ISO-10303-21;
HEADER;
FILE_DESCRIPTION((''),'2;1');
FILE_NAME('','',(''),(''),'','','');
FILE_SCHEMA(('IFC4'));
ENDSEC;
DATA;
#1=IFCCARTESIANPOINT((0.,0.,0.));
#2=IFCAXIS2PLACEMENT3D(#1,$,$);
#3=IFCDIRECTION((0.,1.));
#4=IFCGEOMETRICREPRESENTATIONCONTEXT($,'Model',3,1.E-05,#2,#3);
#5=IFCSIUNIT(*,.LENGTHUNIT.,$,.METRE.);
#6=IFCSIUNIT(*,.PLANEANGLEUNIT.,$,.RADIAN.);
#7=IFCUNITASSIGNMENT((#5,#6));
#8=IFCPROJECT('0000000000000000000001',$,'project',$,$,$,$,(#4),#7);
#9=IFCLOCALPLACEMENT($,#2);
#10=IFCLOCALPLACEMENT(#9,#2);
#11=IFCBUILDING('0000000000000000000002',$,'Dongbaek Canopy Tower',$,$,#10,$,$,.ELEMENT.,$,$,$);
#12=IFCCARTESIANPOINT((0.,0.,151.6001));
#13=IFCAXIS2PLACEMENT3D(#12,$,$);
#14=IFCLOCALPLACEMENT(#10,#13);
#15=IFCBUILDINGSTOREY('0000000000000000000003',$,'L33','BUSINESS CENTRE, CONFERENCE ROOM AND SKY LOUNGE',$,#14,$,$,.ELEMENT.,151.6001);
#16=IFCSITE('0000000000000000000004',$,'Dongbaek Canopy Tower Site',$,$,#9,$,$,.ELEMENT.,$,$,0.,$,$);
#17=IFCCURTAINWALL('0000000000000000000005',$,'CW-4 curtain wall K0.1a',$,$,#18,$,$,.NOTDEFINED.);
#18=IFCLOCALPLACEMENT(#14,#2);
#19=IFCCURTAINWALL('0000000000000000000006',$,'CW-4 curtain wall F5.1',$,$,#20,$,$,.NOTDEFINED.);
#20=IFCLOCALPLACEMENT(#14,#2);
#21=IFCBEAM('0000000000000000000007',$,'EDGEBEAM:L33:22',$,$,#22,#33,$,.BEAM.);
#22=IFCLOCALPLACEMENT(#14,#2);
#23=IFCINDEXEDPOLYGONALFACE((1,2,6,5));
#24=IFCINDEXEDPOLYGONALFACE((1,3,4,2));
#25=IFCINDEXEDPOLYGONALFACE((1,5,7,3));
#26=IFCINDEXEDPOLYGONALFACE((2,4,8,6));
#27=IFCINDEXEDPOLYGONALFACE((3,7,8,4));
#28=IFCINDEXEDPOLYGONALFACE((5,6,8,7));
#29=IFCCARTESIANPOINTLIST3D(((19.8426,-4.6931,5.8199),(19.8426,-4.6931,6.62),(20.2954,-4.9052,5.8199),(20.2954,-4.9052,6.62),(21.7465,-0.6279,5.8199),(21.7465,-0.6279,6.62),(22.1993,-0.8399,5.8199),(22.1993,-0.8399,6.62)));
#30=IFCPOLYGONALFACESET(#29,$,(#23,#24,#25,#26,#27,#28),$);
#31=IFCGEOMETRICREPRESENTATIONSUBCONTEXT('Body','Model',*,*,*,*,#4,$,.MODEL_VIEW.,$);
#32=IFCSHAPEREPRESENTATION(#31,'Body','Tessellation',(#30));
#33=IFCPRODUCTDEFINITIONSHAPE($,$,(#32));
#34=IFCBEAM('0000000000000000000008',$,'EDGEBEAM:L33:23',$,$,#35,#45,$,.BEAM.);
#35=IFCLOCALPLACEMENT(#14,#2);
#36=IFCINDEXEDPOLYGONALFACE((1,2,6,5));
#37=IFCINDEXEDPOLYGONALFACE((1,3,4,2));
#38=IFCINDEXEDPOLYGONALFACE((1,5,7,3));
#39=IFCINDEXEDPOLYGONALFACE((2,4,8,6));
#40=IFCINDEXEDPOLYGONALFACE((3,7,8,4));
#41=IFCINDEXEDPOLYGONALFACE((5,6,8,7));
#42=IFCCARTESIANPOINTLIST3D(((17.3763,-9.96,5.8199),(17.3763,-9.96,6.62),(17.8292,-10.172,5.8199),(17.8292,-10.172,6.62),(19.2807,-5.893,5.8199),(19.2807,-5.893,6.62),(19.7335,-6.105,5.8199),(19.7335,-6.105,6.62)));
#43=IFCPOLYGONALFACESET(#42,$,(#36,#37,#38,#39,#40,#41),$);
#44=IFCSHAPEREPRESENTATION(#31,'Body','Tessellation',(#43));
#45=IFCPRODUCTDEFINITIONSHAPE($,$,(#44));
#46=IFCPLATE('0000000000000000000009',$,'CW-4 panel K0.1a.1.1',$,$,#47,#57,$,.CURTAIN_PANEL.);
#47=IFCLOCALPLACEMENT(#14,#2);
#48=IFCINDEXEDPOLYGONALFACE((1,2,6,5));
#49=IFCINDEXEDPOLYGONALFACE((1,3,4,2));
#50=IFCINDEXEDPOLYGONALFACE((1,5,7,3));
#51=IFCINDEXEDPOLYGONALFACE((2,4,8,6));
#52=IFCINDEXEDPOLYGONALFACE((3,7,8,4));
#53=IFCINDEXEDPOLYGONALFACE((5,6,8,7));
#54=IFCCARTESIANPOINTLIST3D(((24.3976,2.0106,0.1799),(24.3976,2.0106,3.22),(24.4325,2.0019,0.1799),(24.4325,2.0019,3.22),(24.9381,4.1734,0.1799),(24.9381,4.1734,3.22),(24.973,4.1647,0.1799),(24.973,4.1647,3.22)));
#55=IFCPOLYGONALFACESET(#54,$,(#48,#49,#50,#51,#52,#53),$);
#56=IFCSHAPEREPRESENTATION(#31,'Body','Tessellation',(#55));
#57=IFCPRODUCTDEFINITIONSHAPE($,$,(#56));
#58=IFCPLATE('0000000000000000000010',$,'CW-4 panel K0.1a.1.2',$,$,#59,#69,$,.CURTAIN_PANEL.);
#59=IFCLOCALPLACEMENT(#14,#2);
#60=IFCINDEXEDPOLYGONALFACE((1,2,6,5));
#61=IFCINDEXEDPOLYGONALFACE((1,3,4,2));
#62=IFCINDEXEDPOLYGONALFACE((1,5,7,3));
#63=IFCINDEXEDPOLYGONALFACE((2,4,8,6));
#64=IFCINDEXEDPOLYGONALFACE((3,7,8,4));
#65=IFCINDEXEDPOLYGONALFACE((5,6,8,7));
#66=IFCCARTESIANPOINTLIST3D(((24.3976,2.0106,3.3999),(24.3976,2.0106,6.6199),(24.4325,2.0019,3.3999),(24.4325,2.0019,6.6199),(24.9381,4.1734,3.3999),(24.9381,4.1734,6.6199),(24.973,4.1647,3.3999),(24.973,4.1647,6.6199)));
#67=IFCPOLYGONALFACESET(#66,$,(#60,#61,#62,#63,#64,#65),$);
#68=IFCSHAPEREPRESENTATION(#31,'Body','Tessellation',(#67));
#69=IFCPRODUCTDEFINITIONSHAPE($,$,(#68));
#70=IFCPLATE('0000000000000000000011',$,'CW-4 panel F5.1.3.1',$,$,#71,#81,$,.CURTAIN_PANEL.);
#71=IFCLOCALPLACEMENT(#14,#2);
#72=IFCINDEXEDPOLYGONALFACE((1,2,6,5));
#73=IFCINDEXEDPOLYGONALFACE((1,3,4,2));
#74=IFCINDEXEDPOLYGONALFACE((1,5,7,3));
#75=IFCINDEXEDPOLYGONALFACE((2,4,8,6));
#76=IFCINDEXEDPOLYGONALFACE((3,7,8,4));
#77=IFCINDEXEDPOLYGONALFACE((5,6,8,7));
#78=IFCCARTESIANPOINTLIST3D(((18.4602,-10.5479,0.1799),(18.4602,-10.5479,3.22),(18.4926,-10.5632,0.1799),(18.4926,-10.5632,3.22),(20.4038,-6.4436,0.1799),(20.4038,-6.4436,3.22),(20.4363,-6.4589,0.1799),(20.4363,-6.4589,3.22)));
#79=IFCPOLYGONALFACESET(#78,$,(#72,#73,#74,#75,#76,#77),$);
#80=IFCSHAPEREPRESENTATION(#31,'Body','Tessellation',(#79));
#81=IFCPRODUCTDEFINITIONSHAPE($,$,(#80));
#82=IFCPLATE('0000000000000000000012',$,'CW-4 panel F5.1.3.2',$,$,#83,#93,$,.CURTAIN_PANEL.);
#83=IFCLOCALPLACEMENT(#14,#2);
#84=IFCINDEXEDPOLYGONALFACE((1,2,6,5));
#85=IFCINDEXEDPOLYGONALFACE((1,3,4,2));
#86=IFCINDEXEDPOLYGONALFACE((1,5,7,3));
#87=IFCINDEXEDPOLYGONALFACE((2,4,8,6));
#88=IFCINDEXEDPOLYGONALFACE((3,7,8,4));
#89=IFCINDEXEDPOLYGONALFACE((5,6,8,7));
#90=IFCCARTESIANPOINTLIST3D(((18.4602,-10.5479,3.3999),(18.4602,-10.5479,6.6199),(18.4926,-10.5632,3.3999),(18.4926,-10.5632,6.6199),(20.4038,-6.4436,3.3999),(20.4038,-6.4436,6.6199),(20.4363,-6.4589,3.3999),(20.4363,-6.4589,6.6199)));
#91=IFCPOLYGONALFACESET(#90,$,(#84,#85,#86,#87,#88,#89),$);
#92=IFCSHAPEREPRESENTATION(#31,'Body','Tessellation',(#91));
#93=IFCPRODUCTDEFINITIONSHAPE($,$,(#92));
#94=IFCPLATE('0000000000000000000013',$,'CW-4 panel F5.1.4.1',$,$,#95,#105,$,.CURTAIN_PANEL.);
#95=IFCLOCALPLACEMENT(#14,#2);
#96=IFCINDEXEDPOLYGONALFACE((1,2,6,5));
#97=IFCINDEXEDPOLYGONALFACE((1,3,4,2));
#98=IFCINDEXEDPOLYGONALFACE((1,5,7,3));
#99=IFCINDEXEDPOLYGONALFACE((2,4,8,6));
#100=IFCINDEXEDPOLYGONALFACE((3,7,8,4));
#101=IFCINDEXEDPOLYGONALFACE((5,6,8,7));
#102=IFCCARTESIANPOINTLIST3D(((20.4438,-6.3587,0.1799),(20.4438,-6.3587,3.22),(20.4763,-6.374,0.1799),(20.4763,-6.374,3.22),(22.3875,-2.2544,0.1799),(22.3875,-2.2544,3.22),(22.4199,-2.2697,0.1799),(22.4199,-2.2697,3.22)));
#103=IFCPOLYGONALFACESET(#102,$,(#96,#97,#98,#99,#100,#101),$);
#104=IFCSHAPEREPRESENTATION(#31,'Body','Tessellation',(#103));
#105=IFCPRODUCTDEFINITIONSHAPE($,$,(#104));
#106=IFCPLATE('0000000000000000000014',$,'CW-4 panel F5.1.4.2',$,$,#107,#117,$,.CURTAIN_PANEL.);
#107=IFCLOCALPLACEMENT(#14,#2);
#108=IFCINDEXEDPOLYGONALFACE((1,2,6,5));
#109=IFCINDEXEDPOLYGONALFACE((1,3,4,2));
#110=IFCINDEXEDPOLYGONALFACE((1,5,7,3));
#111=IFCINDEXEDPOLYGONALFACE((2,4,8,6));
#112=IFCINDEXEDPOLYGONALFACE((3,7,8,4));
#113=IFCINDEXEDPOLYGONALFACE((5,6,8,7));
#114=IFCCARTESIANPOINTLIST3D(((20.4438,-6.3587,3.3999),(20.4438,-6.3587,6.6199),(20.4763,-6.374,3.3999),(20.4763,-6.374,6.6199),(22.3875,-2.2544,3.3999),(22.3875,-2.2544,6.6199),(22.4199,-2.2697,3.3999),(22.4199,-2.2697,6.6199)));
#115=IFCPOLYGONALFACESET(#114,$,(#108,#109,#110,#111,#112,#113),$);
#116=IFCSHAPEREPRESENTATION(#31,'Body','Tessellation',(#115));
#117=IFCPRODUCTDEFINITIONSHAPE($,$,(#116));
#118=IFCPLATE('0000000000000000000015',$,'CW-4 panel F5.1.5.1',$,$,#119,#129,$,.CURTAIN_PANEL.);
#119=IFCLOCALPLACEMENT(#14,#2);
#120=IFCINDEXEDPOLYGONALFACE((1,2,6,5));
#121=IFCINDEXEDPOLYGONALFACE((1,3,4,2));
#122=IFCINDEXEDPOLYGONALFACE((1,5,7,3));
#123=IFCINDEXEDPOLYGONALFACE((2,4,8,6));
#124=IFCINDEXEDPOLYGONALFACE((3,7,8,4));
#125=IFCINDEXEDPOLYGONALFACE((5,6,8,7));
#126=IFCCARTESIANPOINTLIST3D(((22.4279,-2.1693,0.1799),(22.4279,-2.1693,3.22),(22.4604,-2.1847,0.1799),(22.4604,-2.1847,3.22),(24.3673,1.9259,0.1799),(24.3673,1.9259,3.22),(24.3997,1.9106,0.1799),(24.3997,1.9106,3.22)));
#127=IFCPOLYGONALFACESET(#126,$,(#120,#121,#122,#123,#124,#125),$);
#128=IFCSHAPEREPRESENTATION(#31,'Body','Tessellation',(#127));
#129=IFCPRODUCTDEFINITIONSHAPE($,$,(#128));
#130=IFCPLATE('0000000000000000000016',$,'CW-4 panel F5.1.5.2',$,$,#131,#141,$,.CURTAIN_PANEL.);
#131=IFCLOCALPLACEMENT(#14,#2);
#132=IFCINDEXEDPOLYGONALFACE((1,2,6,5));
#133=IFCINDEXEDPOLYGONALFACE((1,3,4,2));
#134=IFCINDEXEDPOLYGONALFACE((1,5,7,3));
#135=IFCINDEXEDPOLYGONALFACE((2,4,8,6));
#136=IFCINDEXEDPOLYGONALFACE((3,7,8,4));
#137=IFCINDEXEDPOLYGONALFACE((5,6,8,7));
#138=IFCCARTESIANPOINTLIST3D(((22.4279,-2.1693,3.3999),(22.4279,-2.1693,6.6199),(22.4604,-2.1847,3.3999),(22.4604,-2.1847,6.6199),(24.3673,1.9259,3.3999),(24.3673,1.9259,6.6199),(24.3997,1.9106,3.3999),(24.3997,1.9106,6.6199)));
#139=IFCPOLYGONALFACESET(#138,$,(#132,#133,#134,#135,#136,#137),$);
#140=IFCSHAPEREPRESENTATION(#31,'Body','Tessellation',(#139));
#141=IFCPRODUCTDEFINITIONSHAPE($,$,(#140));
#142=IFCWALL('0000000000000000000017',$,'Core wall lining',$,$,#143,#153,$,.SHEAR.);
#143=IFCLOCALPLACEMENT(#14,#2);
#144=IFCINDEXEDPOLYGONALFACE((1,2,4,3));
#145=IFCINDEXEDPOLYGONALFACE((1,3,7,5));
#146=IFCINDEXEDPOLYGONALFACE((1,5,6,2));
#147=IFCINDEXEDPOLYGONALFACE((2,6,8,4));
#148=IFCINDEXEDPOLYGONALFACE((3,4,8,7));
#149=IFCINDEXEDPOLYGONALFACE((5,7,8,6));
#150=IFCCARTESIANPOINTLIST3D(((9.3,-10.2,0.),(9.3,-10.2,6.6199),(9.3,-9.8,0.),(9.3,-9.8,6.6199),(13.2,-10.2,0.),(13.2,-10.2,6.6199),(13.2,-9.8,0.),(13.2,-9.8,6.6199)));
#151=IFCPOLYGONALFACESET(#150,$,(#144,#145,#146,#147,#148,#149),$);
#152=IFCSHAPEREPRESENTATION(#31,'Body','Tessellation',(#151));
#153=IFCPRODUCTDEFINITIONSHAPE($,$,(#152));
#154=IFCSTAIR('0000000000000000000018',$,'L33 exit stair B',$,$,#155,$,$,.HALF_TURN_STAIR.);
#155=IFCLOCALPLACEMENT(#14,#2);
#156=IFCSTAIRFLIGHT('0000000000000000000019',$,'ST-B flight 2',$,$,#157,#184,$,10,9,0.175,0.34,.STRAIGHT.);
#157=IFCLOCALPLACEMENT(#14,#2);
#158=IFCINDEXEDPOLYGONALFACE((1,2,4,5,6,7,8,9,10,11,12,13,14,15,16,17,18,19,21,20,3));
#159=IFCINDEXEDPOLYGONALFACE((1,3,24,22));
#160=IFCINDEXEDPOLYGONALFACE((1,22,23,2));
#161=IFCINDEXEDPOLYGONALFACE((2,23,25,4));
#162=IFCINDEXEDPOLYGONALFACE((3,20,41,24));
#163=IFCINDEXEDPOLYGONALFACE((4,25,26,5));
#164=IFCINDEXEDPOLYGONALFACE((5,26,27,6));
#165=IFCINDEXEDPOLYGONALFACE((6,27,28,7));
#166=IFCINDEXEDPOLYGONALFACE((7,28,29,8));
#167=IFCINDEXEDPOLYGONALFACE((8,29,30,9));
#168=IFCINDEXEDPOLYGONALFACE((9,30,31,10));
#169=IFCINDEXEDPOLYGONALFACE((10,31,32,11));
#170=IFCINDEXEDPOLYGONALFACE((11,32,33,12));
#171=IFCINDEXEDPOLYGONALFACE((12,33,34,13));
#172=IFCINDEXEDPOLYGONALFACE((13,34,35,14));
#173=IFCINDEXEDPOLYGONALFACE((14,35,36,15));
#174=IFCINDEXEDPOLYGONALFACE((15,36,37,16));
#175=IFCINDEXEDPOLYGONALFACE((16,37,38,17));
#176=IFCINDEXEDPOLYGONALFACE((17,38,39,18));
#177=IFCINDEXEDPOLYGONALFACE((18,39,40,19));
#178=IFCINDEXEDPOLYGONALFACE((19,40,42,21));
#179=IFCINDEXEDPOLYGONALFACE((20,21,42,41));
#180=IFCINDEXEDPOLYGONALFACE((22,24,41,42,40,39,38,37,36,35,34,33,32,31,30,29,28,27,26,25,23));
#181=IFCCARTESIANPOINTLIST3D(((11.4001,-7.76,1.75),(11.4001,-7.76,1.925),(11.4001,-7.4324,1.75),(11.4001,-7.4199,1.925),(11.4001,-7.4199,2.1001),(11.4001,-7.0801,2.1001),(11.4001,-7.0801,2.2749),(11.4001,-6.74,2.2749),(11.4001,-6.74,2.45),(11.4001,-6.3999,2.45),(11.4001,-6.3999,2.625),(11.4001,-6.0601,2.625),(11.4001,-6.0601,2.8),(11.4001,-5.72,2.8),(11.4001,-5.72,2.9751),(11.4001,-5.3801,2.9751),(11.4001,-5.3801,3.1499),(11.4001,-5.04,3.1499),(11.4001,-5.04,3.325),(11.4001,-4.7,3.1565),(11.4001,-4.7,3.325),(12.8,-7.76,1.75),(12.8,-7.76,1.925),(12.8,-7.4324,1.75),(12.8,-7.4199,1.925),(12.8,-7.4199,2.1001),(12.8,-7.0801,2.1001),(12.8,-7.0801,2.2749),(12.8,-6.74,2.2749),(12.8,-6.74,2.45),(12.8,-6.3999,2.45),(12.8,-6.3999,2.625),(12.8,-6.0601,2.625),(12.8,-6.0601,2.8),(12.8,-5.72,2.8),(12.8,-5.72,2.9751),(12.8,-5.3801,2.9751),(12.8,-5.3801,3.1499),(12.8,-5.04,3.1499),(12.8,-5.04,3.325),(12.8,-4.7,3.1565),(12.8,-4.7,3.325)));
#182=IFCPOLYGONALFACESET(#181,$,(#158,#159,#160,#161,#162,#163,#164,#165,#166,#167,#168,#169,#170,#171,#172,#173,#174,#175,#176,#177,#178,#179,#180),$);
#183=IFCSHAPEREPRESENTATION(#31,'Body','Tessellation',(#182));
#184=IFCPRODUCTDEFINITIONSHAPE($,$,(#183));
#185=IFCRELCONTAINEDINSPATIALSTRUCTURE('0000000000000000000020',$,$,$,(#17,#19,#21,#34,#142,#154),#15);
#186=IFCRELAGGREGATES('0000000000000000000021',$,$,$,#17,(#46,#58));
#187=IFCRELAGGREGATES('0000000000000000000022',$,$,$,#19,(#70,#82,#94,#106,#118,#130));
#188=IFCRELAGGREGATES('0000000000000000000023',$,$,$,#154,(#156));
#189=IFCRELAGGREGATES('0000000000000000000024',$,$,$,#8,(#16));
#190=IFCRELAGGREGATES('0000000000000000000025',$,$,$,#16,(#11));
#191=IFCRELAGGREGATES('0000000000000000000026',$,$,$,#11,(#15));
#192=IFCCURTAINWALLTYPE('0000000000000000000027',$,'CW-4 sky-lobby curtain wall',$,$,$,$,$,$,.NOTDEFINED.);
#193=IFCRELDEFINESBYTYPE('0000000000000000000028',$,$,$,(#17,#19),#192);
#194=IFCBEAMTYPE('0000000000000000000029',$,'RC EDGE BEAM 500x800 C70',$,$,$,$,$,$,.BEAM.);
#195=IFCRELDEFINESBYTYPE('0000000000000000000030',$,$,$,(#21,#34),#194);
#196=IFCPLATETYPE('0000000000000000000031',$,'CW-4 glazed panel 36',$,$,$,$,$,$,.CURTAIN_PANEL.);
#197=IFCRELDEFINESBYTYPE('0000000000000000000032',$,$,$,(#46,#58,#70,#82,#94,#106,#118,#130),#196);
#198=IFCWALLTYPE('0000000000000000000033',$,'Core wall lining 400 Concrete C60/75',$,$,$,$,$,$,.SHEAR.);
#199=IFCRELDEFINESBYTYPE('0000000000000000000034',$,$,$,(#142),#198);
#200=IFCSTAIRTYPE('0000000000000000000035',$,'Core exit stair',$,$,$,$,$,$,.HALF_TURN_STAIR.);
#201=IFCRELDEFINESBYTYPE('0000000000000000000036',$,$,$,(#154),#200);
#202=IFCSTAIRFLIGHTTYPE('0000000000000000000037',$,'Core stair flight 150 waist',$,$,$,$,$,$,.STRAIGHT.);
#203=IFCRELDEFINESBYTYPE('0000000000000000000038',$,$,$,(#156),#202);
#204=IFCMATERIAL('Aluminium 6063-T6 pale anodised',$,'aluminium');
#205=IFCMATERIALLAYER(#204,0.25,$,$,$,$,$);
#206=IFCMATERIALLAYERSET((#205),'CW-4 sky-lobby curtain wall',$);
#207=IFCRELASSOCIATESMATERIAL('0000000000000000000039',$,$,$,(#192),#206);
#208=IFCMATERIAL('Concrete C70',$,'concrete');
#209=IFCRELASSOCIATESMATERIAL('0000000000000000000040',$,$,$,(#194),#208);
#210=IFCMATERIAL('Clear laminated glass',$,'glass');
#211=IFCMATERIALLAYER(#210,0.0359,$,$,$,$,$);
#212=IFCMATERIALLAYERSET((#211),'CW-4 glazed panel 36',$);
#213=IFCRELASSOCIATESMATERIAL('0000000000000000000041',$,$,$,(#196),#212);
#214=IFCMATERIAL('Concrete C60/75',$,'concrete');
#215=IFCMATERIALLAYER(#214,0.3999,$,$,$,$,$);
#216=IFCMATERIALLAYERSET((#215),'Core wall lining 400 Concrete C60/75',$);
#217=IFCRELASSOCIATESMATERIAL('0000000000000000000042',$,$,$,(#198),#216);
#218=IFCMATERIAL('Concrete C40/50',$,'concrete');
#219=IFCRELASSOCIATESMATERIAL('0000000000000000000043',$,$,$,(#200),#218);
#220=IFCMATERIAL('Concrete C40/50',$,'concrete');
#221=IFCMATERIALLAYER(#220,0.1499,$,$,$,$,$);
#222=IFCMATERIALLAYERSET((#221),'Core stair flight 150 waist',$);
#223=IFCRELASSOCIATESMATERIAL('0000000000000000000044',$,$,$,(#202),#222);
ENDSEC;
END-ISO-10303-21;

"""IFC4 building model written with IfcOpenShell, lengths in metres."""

from ifc_helpers import new_model, si_unit, direction, frame, frame_2d, origin, origin_2d, place, context, subcontext, project, spatial, polyline, rectangle, outline, extrude, material, layer, layer_set, material_profile, profile_set, type_object, element, aggregate, save


model = new_model("IFC4")

# Units and contexts
model_context = context("Model", 3, precision=1e-05, world=origin(), true_north=direction((0.0, 1.0)))
body_context = subcontext(model_context, "Body", "Model", "MODEL_VIEW")
ifc_project = project(units=[si_unit("LENGTHUNIT", "METRE"), si_unit("PLANEANGLEUNIT", "RADIAN")], contexts=[model_context])

# Site, building, storey
site_placement = place(None, origin())
site = spatial("IfcSite", under=ifc_project, at=site_placement, Name="Dongbaek Canopy Tower Site", CompositionType="ELEMENT", RefElevation=0.0)
building_placement = place(site_placement, origin())
building = spatial("IfcBuilding", under=site, at=building_placement, Name="Dongbaek Canopy Tower", CompositionType="ELEMENT")
storey_placement = place(building_placement, frame((0.0, 0.0, 151.6001)))
storey = spatial("IfcBuildingStorey", under=building, at=storey_placement, Name="L33", Description="BUSINESS CENTRE, CONFERENCE ROOM AND SKY LOUNGE", CompositionType="ELEMENT", Elevation=151.6001)

# Curtain wall
ifc_material_1 = material(Name="Aluminium 6063-T6 pale anodised", Category="aluminium")
ifc_layer_1 = layer(ifc_material_1, 0.25)
ifc_layer_set_1 = layer_set([ifc_layer_1], Name="CW-4 sky-lobby curtain wall")
curtain_wall_type = type_object("IfcCurtainWallType", Name="CW-4 sky-lobby curtain wall", PredefinedType="NOTDEFINED", material=ifc_layer_set_1)
curtain_wall_1_placement = place(storey_placement, origin())
curtain_wall_1 = element("IfcCurtainWall", 1, at=curtain_wall_1_placement, inside=storey, type_object=curtain_wall_type, Name="CW-4 curtain wall K0.1a", PredefinedType="NOTDEFINED")

# Curtain wall
curtain_wall_2_placement = place(storey_placement, origin())
curtain_wall_2 = element("IfcCurtainWall", 2, at=curtain_wall_2_placement, inside=storey, type_object=curtain_wall_type, Name="CW-4 curtain wall F5.1", PredefinedType="NOTDEFINED")

# Beams
ifc_material_2 = material(Name="Concrete C70", Category="concrete")
ifc_material_profile_1 = material_profile(ifc_material_2, rectangle(XDim=0.5, YDim=0.8, at=origin_2d()), Name="RC EDGE BEAM 500x800 C70")
ifc_profile_set_1 = profile_set([ifc_material_profile_1], Name="Concrete C70")
beam_type = type_object("IfcBeamType", Name="RC EDGE BEAM 500x800 C70", PredefinedType="BEAM", material=ifc_profile_set_1)
beam_1_placement = place(storey_placement, frame((21.9729, -0.7339, 6.22), z_axis=(-0.424115, -0.905608, 0.0), x_axis=(0.905608, -0.424115, 0.0)))
element("IfcBeam", 3, at=beam_1_placement, inside=storey, type_object=beam_type, Name="EDGEBEAM:L33:22", PredefinedType="BEAM", context=body_context, shape_type="SweptSolid", body=[
    extrude(rectangle(XDim=0.5, YDim=0.8, at=origin_2d()), origin(), (0.0, 0.0, 1.0), 4.489),
])
beam_2_placement = place(storey_placement, frame((19.5071, -5.999, 6.22), z_axis=(-0.424058, -0.905635, 0.0), x_axis=(0.905635, -0.424058, 0.0)))
element("IfcBeam", 4, at=beam_2_placement, inside=storey, type_object=beam_type, Name="EDGEBEAM:L33:23", PredefinedType="BEAM", context=body_context, shape_type="SweptSolid", body=[
    extrude(rectangle(XDim=0.5, YDim=0.8, at=origin_2d()), origin(), (0.0, 0.0, 1.0), 4.4907),
])

# Plates
ifc_material_3 = material(Name="Clear laminated glass", Category="glass")
ifc_layer_2 = layer(ifc_material_3, 0.0359)
ifc_layer_set_2 = layer_set([ifc_layer_2], Name="CW-4 glazed panel 36")
plate_type = type_object("IfcPlateType", Name="CW-4 glazed panel 36", PredefinedType="CURTAIN_PANEL", material=ifc_layer_set_2)
plate_1_placement = place(storey_placement, frame((24.6853, 3.0876, 0.1799), z_axis=(0.0, 0.0, 1.0), x_axis=(0.242457, 0.970162, 0.0)))
plate_1 = element("IfcPlate", 5, at=plate_1_placement, type_object=plate_type, Name="CW-4 panel K0.1a.1.1", PredefinedType="CURTAIN_PANEL", context=body_context, shape_type="SweptSolid", body=[
    extrude(rectangle(XDim=2.2292, YDim=0.0359, at=origin_2d()), origin(), (0.0, 0.0, 1.0), 3.04),
])
plate_2_placement = place(storey_placement, frame((24.6853, 3.0876, 3.3999), z_axis=(0.0, 0.0, 1.0), x_axis=(0.242457, 0.970162, 0.0)))
plate_2 = element("IfcPlate", 6, at=plate_2_placement, type_object=plate_type, Name="CW-4 panel K0.1a.1.2", PredefinedType="CURTAIN_PANEL", context=body_context, shape_type="SweptSolid", body=[
    extrude(rectangle(XDim=2.2292, YDim=0.0359, at=origin_2d()), origin(), (0.0, 0.0, 1.0), 3.22),
])
aggregate(curtain_wall_1, [plate_1, plate_2])
plate_3_placement = place(storey_placement, frame((19.4482, -8.5034, 0.1799), z_axis=(0.0, 0.0, 1.0), x_axis=(0.427996, 0.90378, 0.0)))
plate_3 = element("IfcPlate", 7, at=plate_3_placement, type_object=plate_type, Name="CW-4 panel F5.1.3.1", PredefinedType="CURTAIN_PANEL", context=body_context, shape_type="SweptSolid", body=[
    extrude(rectangle(XDim=4.5413, YDim=0.0359, at=origin_2d()), origin(), (0.0, 0.0, 1.0), 3.04),
])
plate_4_placement = place(storey_placement, frame((19.4482, -8.5034, 3.3999), z_axis=(0.0, 0.0, 1.0), x_axis=(0.427996, 0.90378, 0.0)))
plate_4 = element("IfcPlate", 8, at=plate_4_placement, type_object=plate_type, Name="CW-4 panel F5.1.3.2", PredefinedType="CURTAIN_PANEL", context=body_context, shape_type="SweptSolid", body=[
    extrude(rectangle(XDim=4.5413, YDim=0.0359, at=origin_2d()), origin(), (0.0, 0.0, 1.0), 3.22),
])
plate_5_placement = place(storey_placement, frame((21.4319, -4.3142, 0.1799), z_axis=(0.0, 0.0, 1.0), x_axis=(0.427996, 0.90378, 0.0)))
plate_5 = element("IfcPlate", 9, at=plate_5_placement, type_object=plate_type, Name="CW-4 panel F5.1.4.1", PredefinedType="CURTAIN_PANEL", context=body_context, shape_type="SweptSolid", body=[
    extrude(rectangle(XDim=4.5413, YDim=0.0359, at=origin_2d()), origin(), (0.0, 0.0, 1.0), 3.04),
])
plate_6_placement = place(storey_placement, frame((21.4319, -4.3142, 3.3999), z_axis=(0.0, 0.0, 1.0), x_axis=(0.427996, 0.90378, 0.0)))
plate_6 = element("IfcPlate", 10, at=plate_6_placement, type_object=plate_type, Name="CW-4 panel F5.1.4.2", PredefinedType="CURTAIN_PANEL", context=body_context, shape_type="SweptSolid", body=[
    extrude(rectangle(XDim=4.5413, YDim=0.0359, at=origin_2d()), origin(), (0.0, 0.0, 1.0), 3.22),
])
plate_7_placement = place(storey_placement, frame((23.4138, -0.1294, 0.1799), z_axis=(0.0, 0.0, 1.0), x_axis=(0.427996, 0.90378, 0.0)))
plate_7 = element("IfcPlate", 11, at=plate_7_placement, type_object=plate_type, Name="CW-4 panel F5.1.5.1", PredefinedType="CURTAIN_PANEL", context=body_context, shape_type="SweptSolid", body=[
    extrude(rectangle(XDim=4.5312, YDim=0.0359, at=origin_2d()), origin(), (0.0, 0.0, 1.0), 3.04),
])
plate_8_placement = place(storey_placement, frame((23.4138, -0.1294, 3.3999), z_axis=(0.0, 0.0, 1.0), x_axis=(0.427996, 0.90378, 0.0)))
plate_8 = element("IfcPlate", 12, at=plate_8_placement, type_object=plate_type, Name="CW-4 panel F5.1.5.2", PredefinedType="CURTAIN_PANEL", context=body_context, shape_type="SweptSolid", body=[
    extrude(rectangle(XDim=4.5312, YDim=0.0359, at=origin_2d()), origin(), (0.0, 0.0, 1.0), 3.22),
])
aggregate(curtain_wall_2, [plate_3, plate_4, plate_5, plate_6, plate_7, plate_8])

# Wall
ifc_material_4 = material(Name="Concrete C60/75", Category="concrete")
ifc_layer_3 = layer(ifc_material_4, 0.3999)
ifc_layer_set_3 = layer_set([ifc_layer_3], Name="Core wall lining 400 Concrete C60/75")
wall_type = type_object("IfcWallType", Name="Core wall lining 400 Concrete C60/75", PredefinedType="SHEAR", material=ifc_layer_set_3)
wall_placement = place(storey_placement, frame((13.2, -10.0, 0.0), z_axis=(0.0, 0.0, 1.0), x_axis=(-1.0, 0.0, 0.0)))
element("IfcWall", 13, at=wall_placement, inside=storey, type_object=wall_type, Name="Core wall lining", PredefinedType="SHEAR", context=body_context, shape_type="SweptSolid", body=[
    extrude(rectangle(XDim=3.8999, YDim=0.3999, at=frame_2d((1.95, 0.0))), origin(), (0.0, 0.0, 1.0), 6.6199),
])

# Stair, stair flight
ifc_material_5 = material(Name="Concrete C40/50", Category="concrete")
stair_type = type_object("IfcStairType", Name="Core exit stair", PredefinedType="HALF_TURN_STAIR", material=ifc_material_5)
stair_placement = place(storey_placement, origin())
stair = element("IfcStair", 14, at=stair_placement, inside=storey, type_object=stair_type, Name="L33 exit stair B", PredefinedType="HALF_TURN_STAIR")
ifc_material_6 = material(Name="Concrete C40/50", Category="concrete")
ifc_layer_4 = layer(ifc_material_6, 0.1499)
ifc_layer_set_4 = layer_set([ifc_layer_4], Name="Core stair flight 150 waist")
stair_flight_type = type_object("IfcStairFlightType", Name="Core stair flight 150 waist", PredefinedType="STRAIGHT", material=ifc_layer_set_4)
stair_flight_1_placement = place(storey_placement, frame((12.1001, -7.76, 1.75), z_axis=(0.0, 0.0, 1.0), x_axis=(0.0, 1.0, 0.0)))
stair_flight_1 = element("IfcStairFlight", 15, at=stair_flight_1_placement, type_object=stair_flight_type, Name="ST-B flight 2", NumberOfRisers=10, NumberOfTreads=9, PredefinedType="STRAIGHT", RiserHeight=0.175, TreadLength=0.34, context=body_context, shape_type="SweptSolid", body=[
    extrude(outline(polyline([(0.0, 0.0), (0.0, 0.175), (0.3401, 0.175), (0.3401, 0.3501), (0.6799, 0.3501), (0.6799, 0.5249), (1.02, 0.5249), (1.02, 0.7), (1.3601, 0.7), (1.3601, 0.875), (1.7, 0.875), (1.7, 1.05), (2.04, 1.05), (2.04, 1.2251), (2.3799, 1.2251), (2.3799, 1.3999), (2.72, 1.3999), (2.72, 1.575), (3.0601, 1.575), (3.0601, 1.75), (3.0601, 1.4065), (0.3276, 0.0), (0.0, 0.0)])), frame((0.0, 0.7, 0.0), z_axis=(0.0, -1.0, 0.0), x_axis=(1.0, 0.0, 0.0)), (0.0, 0.0, 1.0), 1.3999),
])
aggregate(stair, [stair_flight_1])

save(model, "model.ifc")
